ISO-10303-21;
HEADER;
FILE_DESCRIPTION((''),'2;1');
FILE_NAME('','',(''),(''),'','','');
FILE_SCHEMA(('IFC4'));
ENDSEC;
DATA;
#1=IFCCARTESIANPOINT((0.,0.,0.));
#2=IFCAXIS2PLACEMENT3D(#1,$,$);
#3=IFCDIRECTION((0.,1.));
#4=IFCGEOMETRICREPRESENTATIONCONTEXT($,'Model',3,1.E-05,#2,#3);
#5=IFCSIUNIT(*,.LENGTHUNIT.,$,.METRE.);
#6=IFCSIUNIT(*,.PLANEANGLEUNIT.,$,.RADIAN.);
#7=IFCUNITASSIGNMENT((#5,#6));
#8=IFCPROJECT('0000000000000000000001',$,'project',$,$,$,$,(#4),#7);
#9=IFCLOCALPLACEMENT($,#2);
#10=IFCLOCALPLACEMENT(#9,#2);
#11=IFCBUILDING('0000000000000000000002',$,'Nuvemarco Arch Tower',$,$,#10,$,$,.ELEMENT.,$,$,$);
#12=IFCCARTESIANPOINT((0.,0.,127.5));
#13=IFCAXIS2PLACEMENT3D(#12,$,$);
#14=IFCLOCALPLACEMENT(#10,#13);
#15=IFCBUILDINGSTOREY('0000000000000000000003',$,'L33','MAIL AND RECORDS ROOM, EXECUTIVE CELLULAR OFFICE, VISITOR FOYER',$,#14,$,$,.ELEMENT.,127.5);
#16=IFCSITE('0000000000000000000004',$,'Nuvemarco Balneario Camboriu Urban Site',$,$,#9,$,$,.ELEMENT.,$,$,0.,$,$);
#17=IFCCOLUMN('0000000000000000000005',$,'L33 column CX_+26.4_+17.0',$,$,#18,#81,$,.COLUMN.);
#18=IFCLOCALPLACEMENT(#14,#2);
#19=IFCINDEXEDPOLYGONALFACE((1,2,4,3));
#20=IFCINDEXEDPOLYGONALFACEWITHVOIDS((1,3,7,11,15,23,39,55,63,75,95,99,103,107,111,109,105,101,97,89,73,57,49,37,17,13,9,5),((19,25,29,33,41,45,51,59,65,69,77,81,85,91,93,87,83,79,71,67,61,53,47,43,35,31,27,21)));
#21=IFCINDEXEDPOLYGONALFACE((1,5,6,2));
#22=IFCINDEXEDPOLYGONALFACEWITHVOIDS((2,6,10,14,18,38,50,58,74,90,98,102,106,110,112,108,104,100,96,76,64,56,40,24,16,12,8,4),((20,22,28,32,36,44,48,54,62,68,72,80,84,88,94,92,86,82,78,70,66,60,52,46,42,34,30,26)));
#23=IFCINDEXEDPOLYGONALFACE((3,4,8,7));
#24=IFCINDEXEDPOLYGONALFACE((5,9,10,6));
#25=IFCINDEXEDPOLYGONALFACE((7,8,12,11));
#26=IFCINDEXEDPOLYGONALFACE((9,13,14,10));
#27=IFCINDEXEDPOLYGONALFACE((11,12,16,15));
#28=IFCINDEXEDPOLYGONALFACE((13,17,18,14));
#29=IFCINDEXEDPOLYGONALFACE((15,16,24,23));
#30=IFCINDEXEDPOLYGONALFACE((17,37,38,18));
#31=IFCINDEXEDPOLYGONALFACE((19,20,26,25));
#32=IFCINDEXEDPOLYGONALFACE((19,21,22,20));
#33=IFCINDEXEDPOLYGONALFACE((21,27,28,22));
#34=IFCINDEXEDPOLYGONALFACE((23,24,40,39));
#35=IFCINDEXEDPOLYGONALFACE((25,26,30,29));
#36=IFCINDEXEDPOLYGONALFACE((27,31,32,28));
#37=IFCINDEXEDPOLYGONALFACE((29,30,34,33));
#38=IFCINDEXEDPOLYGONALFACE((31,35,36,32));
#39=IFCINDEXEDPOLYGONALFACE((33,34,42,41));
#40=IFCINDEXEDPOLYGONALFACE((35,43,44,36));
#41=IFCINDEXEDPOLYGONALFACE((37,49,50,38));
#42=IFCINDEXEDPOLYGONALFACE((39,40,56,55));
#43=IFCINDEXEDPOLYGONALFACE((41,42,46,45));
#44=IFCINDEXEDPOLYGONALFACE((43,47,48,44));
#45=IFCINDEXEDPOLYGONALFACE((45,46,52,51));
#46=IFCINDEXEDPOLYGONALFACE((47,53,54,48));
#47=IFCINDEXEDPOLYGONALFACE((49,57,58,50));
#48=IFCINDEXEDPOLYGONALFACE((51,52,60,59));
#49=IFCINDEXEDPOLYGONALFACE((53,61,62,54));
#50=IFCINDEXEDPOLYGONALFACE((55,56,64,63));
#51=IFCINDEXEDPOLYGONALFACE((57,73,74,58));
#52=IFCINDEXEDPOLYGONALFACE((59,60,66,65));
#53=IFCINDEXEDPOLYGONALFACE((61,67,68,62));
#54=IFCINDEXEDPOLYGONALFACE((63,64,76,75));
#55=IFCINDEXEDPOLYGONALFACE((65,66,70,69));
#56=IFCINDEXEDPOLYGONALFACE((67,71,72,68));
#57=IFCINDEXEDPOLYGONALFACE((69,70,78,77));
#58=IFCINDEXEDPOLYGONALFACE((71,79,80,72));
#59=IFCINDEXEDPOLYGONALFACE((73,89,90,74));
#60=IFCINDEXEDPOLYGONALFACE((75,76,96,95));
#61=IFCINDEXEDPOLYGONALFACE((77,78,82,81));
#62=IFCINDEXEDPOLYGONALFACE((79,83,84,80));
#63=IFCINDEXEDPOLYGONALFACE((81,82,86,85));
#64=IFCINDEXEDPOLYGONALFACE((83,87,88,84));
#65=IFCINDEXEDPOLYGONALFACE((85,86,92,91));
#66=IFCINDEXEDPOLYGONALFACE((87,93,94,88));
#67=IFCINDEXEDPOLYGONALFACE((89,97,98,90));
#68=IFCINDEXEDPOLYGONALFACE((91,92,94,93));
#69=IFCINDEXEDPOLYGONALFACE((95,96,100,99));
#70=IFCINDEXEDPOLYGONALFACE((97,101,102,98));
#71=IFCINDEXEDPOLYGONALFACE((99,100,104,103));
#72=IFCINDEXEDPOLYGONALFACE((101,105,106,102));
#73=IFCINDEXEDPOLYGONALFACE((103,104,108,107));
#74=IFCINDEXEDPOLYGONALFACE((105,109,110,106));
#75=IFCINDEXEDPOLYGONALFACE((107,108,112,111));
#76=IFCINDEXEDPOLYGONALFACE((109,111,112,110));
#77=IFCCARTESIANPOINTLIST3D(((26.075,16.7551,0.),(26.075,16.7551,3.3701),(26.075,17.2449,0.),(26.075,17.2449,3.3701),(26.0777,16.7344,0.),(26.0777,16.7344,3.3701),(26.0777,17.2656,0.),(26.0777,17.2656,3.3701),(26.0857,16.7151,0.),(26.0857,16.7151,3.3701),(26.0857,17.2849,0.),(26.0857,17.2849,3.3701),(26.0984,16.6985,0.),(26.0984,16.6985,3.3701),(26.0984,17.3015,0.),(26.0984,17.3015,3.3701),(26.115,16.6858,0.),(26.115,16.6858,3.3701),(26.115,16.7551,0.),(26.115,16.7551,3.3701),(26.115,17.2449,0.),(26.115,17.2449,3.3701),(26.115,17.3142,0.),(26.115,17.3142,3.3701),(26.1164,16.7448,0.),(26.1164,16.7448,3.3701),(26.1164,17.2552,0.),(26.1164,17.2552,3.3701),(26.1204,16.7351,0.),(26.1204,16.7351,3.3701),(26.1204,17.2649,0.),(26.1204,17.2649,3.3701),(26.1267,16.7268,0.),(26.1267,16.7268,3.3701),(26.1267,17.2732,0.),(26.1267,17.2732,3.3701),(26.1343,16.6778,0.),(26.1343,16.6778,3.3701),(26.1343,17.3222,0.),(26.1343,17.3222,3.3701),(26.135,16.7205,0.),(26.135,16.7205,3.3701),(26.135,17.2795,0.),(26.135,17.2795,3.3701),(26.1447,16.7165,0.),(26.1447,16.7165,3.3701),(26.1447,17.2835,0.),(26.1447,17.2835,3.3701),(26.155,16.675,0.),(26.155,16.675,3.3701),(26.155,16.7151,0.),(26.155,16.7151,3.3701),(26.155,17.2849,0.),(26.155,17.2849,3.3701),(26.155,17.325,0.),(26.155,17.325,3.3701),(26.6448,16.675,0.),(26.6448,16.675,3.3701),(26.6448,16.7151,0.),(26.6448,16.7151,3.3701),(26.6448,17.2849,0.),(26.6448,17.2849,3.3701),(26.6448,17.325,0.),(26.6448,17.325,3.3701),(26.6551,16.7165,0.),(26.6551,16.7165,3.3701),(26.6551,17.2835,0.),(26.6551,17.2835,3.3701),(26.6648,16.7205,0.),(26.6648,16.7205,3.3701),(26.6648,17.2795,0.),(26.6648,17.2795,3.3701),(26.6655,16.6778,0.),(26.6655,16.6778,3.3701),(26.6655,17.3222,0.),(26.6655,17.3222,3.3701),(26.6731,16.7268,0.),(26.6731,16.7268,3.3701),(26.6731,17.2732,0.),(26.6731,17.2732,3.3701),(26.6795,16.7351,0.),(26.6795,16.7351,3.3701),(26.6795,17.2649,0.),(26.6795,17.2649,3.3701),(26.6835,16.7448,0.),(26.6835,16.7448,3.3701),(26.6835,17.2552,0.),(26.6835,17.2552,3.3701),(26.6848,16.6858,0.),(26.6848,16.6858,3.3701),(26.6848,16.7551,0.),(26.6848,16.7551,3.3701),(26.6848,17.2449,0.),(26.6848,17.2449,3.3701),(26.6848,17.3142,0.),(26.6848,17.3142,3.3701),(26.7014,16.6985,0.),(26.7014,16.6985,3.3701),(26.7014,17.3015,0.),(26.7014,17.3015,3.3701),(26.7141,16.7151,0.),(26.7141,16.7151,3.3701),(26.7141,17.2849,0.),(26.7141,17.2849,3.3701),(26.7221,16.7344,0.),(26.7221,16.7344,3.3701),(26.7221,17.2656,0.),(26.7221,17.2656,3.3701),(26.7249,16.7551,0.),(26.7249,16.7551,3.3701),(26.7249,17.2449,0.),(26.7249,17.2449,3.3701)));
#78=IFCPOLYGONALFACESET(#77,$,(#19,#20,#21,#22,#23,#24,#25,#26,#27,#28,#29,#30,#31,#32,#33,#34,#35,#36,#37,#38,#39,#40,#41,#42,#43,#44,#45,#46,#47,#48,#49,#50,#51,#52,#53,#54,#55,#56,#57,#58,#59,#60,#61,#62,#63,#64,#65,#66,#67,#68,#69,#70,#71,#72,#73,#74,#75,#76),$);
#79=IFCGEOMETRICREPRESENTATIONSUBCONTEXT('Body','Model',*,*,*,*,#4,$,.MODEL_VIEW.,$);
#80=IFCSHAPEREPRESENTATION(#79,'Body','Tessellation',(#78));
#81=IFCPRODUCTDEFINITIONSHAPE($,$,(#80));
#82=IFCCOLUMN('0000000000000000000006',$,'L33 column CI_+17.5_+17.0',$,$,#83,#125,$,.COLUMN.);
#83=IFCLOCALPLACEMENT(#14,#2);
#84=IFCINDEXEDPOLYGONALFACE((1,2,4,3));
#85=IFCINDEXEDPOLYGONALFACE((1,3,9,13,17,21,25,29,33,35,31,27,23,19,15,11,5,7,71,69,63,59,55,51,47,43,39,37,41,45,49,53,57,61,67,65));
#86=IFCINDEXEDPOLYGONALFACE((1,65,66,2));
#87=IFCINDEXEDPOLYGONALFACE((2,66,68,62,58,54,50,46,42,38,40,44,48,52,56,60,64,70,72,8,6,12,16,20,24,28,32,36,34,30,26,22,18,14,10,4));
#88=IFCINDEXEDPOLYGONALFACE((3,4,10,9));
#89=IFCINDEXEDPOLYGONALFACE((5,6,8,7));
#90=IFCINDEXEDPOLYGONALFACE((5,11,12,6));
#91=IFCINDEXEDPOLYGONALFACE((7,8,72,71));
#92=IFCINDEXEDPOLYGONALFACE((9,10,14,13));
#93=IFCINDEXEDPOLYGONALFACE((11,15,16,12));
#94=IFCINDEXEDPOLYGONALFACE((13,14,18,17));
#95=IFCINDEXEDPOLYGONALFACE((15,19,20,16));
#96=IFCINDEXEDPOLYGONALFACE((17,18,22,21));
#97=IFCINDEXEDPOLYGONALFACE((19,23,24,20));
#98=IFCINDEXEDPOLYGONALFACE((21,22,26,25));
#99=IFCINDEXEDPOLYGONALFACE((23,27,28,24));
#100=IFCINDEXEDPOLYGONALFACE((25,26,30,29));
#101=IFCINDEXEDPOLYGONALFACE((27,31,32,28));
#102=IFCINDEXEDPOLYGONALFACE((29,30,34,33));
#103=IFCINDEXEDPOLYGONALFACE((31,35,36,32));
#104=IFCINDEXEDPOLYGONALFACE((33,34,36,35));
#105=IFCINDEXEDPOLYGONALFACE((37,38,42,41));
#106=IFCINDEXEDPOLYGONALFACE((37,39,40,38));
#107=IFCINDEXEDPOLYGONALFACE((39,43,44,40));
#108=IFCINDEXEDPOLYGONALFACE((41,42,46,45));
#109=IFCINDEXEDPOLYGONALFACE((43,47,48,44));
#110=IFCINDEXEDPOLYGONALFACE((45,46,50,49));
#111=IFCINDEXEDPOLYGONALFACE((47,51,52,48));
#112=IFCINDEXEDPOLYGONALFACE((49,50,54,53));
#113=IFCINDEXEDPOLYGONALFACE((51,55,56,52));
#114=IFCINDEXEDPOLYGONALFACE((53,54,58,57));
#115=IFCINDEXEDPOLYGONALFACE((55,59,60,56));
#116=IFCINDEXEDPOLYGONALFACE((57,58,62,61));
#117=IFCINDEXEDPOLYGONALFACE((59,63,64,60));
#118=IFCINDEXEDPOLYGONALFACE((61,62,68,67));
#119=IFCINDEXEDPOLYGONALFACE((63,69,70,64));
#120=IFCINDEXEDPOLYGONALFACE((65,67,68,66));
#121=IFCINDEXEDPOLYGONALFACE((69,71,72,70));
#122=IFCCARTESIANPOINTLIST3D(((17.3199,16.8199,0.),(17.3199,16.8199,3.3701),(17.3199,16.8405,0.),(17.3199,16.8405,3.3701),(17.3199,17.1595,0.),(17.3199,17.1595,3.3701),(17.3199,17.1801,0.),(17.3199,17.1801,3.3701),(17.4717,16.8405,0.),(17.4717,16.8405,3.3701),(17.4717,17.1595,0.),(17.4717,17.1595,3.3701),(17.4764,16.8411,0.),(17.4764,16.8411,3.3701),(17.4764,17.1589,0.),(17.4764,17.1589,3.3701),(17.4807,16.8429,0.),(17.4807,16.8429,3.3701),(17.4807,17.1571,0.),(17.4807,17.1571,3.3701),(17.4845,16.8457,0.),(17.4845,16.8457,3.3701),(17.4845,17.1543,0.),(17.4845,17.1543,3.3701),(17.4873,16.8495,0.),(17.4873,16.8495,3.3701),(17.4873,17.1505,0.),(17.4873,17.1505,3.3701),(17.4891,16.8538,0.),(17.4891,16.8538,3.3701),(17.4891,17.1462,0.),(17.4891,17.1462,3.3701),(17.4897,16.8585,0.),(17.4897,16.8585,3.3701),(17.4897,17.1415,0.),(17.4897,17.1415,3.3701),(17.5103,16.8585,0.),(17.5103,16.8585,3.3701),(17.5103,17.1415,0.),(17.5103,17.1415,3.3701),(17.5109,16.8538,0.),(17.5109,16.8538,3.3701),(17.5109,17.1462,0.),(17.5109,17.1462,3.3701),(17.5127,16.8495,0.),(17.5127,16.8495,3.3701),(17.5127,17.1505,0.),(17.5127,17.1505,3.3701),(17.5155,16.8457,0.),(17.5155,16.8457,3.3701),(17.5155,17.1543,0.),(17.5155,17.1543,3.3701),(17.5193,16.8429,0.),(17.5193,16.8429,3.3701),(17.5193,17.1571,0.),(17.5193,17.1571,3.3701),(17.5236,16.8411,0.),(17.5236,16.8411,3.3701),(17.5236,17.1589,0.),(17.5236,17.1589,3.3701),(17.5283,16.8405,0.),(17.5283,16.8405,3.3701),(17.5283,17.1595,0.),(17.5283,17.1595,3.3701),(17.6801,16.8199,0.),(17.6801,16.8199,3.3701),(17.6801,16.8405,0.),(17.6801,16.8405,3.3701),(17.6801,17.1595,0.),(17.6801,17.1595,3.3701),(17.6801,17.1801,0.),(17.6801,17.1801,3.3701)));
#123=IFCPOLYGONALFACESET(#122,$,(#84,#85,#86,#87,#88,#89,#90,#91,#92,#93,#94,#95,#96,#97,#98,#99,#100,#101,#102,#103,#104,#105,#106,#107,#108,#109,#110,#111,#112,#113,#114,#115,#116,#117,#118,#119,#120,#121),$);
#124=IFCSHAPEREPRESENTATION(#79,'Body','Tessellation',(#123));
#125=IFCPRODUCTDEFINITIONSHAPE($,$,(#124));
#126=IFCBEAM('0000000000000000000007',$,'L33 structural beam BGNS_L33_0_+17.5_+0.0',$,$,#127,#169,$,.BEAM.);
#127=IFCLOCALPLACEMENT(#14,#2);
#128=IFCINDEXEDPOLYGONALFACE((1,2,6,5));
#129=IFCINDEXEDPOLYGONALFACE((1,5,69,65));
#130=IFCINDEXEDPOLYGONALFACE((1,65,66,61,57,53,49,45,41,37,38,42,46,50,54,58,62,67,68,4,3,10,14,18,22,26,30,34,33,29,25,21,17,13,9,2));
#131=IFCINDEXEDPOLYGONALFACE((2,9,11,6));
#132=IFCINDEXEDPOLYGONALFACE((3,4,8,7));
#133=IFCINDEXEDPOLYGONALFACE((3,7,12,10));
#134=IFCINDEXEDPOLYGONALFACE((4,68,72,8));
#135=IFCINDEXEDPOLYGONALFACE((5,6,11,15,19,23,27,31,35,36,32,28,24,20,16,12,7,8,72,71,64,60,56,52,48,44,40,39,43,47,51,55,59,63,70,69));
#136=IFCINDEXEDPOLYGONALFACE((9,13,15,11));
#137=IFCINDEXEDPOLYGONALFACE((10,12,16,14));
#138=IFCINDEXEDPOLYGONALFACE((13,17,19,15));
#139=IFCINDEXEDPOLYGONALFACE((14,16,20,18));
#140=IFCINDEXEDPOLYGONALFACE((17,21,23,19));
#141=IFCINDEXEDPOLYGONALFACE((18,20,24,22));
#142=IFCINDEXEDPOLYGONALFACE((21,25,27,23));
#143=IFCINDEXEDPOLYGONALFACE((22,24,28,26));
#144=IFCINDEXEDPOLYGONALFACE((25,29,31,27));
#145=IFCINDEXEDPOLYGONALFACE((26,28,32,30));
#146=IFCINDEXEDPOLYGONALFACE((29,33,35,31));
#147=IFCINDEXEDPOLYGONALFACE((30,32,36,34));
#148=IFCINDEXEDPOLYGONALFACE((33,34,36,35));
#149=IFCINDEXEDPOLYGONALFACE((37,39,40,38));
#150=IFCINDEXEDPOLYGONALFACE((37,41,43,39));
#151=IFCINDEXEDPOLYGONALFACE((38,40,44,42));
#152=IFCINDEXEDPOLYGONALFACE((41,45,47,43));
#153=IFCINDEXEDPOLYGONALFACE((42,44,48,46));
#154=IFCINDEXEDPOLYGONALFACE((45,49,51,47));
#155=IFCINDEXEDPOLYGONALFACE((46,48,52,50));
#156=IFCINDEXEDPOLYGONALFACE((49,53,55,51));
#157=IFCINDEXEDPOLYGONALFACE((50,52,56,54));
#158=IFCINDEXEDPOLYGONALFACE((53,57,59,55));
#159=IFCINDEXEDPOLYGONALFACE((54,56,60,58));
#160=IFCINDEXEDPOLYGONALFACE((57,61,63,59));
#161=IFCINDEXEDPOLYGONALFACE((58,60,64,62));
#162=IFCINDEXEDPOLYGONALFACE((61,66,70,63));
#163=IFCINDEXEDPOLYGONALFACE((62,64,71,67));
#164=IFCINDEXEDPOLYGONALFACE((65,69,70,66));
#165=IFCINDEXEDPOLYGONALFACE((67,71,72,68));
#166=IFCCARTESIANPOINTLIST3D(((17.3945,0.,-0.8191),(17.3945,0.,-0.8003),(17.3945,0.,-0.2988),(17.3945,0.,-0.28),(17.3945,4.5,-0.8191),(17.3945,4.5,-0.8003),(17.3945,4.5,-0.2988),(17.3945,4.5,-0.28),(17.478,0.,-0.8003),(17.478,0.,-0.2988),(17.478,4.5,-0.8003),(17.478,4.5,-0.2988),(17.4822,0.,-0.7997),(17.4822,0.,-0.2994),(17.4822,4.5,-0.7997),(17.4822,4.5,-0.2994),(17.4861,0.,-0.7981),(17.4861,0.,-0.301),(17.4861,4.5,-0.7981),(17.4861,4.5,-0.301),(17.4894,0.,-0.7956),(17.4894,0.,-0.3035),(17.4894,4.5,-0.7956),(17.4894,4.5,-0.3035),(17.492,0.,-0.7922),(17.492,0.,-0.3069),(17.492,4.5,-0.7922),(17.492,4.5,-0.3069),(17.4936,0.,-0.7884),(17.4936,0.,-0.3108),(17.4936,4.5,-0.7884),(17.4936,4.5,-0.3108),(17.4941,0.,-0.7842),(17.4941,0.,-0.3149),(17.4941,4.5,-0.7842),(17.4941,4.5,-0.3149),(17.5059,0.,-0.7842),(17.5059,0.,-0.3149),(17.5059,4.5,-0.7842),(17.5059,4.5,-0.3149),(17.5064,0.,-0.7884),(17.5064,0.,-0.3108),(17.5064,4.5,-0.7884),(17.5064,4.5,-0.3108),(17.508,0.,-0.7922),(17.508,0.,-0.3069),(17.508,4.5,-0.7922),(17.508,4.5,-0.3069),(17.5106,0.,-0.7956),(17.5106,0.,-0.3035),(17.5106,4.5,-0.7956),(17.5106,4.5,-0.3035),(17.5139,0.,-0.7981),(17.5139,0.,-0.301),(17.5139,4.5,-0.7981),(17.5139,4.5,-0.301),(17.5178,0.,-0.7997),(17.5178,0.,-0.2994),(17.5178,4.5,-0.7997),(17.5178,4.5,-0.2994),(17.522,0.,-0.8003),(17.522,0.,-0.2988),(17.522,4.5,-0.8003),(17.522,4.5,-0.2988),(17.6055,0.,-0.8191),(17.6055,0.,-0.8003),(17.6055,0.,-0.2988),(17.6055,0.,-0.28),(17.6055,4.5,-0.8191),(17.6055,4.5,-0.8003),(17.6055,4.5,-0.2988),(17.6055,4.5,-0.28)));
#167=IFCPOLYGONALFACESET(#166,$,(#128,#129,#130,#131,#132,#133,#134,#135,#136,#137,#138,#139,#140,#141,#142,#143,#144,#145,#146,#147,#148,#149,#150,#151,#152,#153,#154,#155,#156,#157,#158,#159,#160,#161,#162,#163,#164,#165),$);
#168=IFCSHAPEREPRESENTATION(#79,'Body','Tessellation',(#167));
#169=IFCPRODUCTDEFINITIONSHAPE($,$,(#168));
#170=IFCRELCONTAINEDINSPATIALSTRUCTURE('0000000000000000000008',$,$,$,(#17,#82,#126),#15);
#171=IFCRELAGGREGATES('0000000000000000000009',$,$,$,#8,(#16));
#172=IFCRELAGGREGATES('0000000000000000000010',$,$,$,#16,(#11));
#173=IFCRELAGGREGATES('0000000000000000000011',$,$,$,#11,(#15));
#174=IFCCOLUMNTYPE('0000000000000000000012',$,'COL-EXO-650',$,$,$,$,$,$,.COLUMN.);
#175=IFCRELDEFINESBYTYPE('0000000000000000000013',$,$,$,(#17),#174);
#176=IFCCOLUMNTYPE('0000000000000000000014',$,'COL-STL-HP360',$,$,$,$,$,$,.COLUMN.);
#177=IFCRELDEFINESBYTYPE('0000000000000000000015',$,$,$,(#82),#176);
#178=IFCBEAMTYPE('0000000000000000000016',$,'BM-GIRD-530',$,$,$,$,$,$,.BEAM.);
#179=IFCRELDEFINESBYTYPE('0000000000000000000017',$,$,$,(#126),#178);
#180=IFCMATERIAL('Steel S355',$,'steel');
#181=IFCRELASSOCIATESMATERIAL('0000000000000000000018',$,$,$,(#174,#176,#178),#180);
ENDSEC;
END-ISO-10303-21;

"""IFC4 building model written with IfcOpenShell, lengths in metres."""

from ifc_helpers import new_model, si_unit, direction, frame, origin, origin_2d, place, context, subcontext, project, spatial, hollow_rectangle, i_section, extrude, material, material_profile, profile_set, type_object, element, save


model = new_model("IFC4")

# Units and contexts
model_context = context("Model", 3, precision=1e-05, world=origin(), true_north=direction((0.0, 1.0)))
body_context = subcontext(model_context, "Body", "Model", "MODEL_VIEW")
ifc_project = project(units=[si_unit("LENGTHUNIT", "METRE"), si_unit("PLANEANGLEUNIT", "RADIAN")], contexts=[model_context])

# Site, building, storey
site_placement = place(None, origin())
site = spatial("IfcSite", under=ifc_project, at=site_placement, Name="Nuvemarco Balneario Camboriu Urban Site", CompositionType="ELEMENT", RefElevation=0.0)
building_placement = place(site_placement, origin())
building = spatial("IfcBuilding", under=site, at=building_placement, Name="Nuvemarco Arch Tower", CompositionType="ELEMENT")
storey_placement = place(building_placement, frame((0.0, 0.0, 127.5)))
storey = spatial("IfcBuildingStorey", under=building, at=storey_placement, Name="L33", Description="MAIL AND RECORDS ROOM, EXECUTIVE CELLULAR OFFICE, VISITOR FOYER", CompositionType="ELEMENT", Elevation=127.5)

# Columns
ifc_material_1 = material(Name="Steel S355", Category="steel")
ifc_material_profile_1 = material_profile(ifc_material_1, hollow_rectangle(XDim=0.6499, YDim=0.6499, WallThickness=0.04, InnerFilletRadius=0.04, OuterFilletRadius=0.0801, at=origin_2d()), Name="SHS650x650x40")
ifc_profile_set_1 = profile_set([ifc_material_profile_1], Name="Steel S355")
column_type_1 = type_object("IfcColumnType", Name="COL-EXO-650", PredefinedType="COLUMN", material=ifc_profile_set_1)
for number, where, z_axis, x_axis, name in (
    (1, (26.3999, 17.0, 0.0), (0.0, 0.0, 1.0), (1.0, 0.0, 0.0), "L33 column CX_+26.4_+17.0"),
):
    element("IfcColumn", number, at=place(storey_placement, frame(where, z_axis=z_axis, x_axis=x_axis)), inside=storey, type_object=column_type_1, Name=name, PredefinedType="COLUMN", context=body_context, shape_type="SweptSolid", body=[
        extrude(hollow_rectangle(XDim=0.6499, YDim=0.6499, WallThickness=0.04, InnerFilletRadius=0.04, OuterFilletRadius=0.0801, at=origin_2d()), origin(), (0.0, 0.0, 1.0), 3.3701),
    ])
ifc_material_profile_2 = material_profile(ifc_material_1, i_section(OverallWidth=0.3601, OverallDepth=0.3601, WebThickness=0.0205, FlangeThickness=0.0205, FilletRadius=0.0181, at=origin_2d()), Name="HP360x174")
ifc_profile_set_2 = profile_set([ifc_material_profile_2], Name="Steel S355")
column_type_2 = type_object("IfcColumnType", Name="COL-STL-HP360", PredefinedType="COLUMN", material=ifc_profile_set_2)
column_placement = place(storey_placement, frame((17.5, 17.0, 0.0), z_axis=(0.0, 0.0, 1.0), x_axis=(1.0, 0.0, 0.0)))
element("IfcColumn", 2, at=column_placement, inside=storey, type_object=column_type_2, Name="L33 column CI_+17.5_+17.0", PredefinedType="COLUMN", context=body_context, shape_type="SweptSolid", body=[
    extrude(i_section(OverallWidth=0.3601, OverallDepth=0.3601, WebThickness=0.0205, FlangeThickness=0.0205, FilletRadius=0.0181, at=origin_2d()), origin(), (0.0, 0.0, 1.0), 3.3701),
])

# Beam
ifc_material_profile_3 = material_profile(ifc_material_1, i_section(OverallWidth=0.2109, OverallDepth=0.5391, WebThickness=0.0117, FlangeThickness=0.0188, FilletRadius=0.0161, at=origin_2d()), Name="W530x109")
ifc_profile_set_3 = profile_set([ifc_material_profile_3], Name="Steel S355")
beam_type_1 = type_object("IfcBeamType", Name="BM-GIRD-530", PredefinedType="BEAM", material=ifc_profile_set_3)
beam_1_placement = place(storey_placement, frame((17.5, 0.0, -0.5496), z_axis=(0.0, 1.0, 0.0), x_axis=(-1.0, 0.0, 0.0)))
element("IfcBeam", 3, at=beam_1_placement, inside=storey, type_object=beam_type_1, Name="L33 structural beam BGNS_L33_0_+17.5_+0.0", PredefinedType="BEAM", context=body_context, shape_type="SweptSolid", body=[
    extrude(i_section(OverallWidth=0.2109, OverallDepth=0.5391, WebThickness=0.0117, FlangeThickness=0.0188, FilletRadius=0.0161, at=origin_2d()), origin(), (0.0, 0.0, 1.0), 4.5),
])

save(model, "model.ifc")
